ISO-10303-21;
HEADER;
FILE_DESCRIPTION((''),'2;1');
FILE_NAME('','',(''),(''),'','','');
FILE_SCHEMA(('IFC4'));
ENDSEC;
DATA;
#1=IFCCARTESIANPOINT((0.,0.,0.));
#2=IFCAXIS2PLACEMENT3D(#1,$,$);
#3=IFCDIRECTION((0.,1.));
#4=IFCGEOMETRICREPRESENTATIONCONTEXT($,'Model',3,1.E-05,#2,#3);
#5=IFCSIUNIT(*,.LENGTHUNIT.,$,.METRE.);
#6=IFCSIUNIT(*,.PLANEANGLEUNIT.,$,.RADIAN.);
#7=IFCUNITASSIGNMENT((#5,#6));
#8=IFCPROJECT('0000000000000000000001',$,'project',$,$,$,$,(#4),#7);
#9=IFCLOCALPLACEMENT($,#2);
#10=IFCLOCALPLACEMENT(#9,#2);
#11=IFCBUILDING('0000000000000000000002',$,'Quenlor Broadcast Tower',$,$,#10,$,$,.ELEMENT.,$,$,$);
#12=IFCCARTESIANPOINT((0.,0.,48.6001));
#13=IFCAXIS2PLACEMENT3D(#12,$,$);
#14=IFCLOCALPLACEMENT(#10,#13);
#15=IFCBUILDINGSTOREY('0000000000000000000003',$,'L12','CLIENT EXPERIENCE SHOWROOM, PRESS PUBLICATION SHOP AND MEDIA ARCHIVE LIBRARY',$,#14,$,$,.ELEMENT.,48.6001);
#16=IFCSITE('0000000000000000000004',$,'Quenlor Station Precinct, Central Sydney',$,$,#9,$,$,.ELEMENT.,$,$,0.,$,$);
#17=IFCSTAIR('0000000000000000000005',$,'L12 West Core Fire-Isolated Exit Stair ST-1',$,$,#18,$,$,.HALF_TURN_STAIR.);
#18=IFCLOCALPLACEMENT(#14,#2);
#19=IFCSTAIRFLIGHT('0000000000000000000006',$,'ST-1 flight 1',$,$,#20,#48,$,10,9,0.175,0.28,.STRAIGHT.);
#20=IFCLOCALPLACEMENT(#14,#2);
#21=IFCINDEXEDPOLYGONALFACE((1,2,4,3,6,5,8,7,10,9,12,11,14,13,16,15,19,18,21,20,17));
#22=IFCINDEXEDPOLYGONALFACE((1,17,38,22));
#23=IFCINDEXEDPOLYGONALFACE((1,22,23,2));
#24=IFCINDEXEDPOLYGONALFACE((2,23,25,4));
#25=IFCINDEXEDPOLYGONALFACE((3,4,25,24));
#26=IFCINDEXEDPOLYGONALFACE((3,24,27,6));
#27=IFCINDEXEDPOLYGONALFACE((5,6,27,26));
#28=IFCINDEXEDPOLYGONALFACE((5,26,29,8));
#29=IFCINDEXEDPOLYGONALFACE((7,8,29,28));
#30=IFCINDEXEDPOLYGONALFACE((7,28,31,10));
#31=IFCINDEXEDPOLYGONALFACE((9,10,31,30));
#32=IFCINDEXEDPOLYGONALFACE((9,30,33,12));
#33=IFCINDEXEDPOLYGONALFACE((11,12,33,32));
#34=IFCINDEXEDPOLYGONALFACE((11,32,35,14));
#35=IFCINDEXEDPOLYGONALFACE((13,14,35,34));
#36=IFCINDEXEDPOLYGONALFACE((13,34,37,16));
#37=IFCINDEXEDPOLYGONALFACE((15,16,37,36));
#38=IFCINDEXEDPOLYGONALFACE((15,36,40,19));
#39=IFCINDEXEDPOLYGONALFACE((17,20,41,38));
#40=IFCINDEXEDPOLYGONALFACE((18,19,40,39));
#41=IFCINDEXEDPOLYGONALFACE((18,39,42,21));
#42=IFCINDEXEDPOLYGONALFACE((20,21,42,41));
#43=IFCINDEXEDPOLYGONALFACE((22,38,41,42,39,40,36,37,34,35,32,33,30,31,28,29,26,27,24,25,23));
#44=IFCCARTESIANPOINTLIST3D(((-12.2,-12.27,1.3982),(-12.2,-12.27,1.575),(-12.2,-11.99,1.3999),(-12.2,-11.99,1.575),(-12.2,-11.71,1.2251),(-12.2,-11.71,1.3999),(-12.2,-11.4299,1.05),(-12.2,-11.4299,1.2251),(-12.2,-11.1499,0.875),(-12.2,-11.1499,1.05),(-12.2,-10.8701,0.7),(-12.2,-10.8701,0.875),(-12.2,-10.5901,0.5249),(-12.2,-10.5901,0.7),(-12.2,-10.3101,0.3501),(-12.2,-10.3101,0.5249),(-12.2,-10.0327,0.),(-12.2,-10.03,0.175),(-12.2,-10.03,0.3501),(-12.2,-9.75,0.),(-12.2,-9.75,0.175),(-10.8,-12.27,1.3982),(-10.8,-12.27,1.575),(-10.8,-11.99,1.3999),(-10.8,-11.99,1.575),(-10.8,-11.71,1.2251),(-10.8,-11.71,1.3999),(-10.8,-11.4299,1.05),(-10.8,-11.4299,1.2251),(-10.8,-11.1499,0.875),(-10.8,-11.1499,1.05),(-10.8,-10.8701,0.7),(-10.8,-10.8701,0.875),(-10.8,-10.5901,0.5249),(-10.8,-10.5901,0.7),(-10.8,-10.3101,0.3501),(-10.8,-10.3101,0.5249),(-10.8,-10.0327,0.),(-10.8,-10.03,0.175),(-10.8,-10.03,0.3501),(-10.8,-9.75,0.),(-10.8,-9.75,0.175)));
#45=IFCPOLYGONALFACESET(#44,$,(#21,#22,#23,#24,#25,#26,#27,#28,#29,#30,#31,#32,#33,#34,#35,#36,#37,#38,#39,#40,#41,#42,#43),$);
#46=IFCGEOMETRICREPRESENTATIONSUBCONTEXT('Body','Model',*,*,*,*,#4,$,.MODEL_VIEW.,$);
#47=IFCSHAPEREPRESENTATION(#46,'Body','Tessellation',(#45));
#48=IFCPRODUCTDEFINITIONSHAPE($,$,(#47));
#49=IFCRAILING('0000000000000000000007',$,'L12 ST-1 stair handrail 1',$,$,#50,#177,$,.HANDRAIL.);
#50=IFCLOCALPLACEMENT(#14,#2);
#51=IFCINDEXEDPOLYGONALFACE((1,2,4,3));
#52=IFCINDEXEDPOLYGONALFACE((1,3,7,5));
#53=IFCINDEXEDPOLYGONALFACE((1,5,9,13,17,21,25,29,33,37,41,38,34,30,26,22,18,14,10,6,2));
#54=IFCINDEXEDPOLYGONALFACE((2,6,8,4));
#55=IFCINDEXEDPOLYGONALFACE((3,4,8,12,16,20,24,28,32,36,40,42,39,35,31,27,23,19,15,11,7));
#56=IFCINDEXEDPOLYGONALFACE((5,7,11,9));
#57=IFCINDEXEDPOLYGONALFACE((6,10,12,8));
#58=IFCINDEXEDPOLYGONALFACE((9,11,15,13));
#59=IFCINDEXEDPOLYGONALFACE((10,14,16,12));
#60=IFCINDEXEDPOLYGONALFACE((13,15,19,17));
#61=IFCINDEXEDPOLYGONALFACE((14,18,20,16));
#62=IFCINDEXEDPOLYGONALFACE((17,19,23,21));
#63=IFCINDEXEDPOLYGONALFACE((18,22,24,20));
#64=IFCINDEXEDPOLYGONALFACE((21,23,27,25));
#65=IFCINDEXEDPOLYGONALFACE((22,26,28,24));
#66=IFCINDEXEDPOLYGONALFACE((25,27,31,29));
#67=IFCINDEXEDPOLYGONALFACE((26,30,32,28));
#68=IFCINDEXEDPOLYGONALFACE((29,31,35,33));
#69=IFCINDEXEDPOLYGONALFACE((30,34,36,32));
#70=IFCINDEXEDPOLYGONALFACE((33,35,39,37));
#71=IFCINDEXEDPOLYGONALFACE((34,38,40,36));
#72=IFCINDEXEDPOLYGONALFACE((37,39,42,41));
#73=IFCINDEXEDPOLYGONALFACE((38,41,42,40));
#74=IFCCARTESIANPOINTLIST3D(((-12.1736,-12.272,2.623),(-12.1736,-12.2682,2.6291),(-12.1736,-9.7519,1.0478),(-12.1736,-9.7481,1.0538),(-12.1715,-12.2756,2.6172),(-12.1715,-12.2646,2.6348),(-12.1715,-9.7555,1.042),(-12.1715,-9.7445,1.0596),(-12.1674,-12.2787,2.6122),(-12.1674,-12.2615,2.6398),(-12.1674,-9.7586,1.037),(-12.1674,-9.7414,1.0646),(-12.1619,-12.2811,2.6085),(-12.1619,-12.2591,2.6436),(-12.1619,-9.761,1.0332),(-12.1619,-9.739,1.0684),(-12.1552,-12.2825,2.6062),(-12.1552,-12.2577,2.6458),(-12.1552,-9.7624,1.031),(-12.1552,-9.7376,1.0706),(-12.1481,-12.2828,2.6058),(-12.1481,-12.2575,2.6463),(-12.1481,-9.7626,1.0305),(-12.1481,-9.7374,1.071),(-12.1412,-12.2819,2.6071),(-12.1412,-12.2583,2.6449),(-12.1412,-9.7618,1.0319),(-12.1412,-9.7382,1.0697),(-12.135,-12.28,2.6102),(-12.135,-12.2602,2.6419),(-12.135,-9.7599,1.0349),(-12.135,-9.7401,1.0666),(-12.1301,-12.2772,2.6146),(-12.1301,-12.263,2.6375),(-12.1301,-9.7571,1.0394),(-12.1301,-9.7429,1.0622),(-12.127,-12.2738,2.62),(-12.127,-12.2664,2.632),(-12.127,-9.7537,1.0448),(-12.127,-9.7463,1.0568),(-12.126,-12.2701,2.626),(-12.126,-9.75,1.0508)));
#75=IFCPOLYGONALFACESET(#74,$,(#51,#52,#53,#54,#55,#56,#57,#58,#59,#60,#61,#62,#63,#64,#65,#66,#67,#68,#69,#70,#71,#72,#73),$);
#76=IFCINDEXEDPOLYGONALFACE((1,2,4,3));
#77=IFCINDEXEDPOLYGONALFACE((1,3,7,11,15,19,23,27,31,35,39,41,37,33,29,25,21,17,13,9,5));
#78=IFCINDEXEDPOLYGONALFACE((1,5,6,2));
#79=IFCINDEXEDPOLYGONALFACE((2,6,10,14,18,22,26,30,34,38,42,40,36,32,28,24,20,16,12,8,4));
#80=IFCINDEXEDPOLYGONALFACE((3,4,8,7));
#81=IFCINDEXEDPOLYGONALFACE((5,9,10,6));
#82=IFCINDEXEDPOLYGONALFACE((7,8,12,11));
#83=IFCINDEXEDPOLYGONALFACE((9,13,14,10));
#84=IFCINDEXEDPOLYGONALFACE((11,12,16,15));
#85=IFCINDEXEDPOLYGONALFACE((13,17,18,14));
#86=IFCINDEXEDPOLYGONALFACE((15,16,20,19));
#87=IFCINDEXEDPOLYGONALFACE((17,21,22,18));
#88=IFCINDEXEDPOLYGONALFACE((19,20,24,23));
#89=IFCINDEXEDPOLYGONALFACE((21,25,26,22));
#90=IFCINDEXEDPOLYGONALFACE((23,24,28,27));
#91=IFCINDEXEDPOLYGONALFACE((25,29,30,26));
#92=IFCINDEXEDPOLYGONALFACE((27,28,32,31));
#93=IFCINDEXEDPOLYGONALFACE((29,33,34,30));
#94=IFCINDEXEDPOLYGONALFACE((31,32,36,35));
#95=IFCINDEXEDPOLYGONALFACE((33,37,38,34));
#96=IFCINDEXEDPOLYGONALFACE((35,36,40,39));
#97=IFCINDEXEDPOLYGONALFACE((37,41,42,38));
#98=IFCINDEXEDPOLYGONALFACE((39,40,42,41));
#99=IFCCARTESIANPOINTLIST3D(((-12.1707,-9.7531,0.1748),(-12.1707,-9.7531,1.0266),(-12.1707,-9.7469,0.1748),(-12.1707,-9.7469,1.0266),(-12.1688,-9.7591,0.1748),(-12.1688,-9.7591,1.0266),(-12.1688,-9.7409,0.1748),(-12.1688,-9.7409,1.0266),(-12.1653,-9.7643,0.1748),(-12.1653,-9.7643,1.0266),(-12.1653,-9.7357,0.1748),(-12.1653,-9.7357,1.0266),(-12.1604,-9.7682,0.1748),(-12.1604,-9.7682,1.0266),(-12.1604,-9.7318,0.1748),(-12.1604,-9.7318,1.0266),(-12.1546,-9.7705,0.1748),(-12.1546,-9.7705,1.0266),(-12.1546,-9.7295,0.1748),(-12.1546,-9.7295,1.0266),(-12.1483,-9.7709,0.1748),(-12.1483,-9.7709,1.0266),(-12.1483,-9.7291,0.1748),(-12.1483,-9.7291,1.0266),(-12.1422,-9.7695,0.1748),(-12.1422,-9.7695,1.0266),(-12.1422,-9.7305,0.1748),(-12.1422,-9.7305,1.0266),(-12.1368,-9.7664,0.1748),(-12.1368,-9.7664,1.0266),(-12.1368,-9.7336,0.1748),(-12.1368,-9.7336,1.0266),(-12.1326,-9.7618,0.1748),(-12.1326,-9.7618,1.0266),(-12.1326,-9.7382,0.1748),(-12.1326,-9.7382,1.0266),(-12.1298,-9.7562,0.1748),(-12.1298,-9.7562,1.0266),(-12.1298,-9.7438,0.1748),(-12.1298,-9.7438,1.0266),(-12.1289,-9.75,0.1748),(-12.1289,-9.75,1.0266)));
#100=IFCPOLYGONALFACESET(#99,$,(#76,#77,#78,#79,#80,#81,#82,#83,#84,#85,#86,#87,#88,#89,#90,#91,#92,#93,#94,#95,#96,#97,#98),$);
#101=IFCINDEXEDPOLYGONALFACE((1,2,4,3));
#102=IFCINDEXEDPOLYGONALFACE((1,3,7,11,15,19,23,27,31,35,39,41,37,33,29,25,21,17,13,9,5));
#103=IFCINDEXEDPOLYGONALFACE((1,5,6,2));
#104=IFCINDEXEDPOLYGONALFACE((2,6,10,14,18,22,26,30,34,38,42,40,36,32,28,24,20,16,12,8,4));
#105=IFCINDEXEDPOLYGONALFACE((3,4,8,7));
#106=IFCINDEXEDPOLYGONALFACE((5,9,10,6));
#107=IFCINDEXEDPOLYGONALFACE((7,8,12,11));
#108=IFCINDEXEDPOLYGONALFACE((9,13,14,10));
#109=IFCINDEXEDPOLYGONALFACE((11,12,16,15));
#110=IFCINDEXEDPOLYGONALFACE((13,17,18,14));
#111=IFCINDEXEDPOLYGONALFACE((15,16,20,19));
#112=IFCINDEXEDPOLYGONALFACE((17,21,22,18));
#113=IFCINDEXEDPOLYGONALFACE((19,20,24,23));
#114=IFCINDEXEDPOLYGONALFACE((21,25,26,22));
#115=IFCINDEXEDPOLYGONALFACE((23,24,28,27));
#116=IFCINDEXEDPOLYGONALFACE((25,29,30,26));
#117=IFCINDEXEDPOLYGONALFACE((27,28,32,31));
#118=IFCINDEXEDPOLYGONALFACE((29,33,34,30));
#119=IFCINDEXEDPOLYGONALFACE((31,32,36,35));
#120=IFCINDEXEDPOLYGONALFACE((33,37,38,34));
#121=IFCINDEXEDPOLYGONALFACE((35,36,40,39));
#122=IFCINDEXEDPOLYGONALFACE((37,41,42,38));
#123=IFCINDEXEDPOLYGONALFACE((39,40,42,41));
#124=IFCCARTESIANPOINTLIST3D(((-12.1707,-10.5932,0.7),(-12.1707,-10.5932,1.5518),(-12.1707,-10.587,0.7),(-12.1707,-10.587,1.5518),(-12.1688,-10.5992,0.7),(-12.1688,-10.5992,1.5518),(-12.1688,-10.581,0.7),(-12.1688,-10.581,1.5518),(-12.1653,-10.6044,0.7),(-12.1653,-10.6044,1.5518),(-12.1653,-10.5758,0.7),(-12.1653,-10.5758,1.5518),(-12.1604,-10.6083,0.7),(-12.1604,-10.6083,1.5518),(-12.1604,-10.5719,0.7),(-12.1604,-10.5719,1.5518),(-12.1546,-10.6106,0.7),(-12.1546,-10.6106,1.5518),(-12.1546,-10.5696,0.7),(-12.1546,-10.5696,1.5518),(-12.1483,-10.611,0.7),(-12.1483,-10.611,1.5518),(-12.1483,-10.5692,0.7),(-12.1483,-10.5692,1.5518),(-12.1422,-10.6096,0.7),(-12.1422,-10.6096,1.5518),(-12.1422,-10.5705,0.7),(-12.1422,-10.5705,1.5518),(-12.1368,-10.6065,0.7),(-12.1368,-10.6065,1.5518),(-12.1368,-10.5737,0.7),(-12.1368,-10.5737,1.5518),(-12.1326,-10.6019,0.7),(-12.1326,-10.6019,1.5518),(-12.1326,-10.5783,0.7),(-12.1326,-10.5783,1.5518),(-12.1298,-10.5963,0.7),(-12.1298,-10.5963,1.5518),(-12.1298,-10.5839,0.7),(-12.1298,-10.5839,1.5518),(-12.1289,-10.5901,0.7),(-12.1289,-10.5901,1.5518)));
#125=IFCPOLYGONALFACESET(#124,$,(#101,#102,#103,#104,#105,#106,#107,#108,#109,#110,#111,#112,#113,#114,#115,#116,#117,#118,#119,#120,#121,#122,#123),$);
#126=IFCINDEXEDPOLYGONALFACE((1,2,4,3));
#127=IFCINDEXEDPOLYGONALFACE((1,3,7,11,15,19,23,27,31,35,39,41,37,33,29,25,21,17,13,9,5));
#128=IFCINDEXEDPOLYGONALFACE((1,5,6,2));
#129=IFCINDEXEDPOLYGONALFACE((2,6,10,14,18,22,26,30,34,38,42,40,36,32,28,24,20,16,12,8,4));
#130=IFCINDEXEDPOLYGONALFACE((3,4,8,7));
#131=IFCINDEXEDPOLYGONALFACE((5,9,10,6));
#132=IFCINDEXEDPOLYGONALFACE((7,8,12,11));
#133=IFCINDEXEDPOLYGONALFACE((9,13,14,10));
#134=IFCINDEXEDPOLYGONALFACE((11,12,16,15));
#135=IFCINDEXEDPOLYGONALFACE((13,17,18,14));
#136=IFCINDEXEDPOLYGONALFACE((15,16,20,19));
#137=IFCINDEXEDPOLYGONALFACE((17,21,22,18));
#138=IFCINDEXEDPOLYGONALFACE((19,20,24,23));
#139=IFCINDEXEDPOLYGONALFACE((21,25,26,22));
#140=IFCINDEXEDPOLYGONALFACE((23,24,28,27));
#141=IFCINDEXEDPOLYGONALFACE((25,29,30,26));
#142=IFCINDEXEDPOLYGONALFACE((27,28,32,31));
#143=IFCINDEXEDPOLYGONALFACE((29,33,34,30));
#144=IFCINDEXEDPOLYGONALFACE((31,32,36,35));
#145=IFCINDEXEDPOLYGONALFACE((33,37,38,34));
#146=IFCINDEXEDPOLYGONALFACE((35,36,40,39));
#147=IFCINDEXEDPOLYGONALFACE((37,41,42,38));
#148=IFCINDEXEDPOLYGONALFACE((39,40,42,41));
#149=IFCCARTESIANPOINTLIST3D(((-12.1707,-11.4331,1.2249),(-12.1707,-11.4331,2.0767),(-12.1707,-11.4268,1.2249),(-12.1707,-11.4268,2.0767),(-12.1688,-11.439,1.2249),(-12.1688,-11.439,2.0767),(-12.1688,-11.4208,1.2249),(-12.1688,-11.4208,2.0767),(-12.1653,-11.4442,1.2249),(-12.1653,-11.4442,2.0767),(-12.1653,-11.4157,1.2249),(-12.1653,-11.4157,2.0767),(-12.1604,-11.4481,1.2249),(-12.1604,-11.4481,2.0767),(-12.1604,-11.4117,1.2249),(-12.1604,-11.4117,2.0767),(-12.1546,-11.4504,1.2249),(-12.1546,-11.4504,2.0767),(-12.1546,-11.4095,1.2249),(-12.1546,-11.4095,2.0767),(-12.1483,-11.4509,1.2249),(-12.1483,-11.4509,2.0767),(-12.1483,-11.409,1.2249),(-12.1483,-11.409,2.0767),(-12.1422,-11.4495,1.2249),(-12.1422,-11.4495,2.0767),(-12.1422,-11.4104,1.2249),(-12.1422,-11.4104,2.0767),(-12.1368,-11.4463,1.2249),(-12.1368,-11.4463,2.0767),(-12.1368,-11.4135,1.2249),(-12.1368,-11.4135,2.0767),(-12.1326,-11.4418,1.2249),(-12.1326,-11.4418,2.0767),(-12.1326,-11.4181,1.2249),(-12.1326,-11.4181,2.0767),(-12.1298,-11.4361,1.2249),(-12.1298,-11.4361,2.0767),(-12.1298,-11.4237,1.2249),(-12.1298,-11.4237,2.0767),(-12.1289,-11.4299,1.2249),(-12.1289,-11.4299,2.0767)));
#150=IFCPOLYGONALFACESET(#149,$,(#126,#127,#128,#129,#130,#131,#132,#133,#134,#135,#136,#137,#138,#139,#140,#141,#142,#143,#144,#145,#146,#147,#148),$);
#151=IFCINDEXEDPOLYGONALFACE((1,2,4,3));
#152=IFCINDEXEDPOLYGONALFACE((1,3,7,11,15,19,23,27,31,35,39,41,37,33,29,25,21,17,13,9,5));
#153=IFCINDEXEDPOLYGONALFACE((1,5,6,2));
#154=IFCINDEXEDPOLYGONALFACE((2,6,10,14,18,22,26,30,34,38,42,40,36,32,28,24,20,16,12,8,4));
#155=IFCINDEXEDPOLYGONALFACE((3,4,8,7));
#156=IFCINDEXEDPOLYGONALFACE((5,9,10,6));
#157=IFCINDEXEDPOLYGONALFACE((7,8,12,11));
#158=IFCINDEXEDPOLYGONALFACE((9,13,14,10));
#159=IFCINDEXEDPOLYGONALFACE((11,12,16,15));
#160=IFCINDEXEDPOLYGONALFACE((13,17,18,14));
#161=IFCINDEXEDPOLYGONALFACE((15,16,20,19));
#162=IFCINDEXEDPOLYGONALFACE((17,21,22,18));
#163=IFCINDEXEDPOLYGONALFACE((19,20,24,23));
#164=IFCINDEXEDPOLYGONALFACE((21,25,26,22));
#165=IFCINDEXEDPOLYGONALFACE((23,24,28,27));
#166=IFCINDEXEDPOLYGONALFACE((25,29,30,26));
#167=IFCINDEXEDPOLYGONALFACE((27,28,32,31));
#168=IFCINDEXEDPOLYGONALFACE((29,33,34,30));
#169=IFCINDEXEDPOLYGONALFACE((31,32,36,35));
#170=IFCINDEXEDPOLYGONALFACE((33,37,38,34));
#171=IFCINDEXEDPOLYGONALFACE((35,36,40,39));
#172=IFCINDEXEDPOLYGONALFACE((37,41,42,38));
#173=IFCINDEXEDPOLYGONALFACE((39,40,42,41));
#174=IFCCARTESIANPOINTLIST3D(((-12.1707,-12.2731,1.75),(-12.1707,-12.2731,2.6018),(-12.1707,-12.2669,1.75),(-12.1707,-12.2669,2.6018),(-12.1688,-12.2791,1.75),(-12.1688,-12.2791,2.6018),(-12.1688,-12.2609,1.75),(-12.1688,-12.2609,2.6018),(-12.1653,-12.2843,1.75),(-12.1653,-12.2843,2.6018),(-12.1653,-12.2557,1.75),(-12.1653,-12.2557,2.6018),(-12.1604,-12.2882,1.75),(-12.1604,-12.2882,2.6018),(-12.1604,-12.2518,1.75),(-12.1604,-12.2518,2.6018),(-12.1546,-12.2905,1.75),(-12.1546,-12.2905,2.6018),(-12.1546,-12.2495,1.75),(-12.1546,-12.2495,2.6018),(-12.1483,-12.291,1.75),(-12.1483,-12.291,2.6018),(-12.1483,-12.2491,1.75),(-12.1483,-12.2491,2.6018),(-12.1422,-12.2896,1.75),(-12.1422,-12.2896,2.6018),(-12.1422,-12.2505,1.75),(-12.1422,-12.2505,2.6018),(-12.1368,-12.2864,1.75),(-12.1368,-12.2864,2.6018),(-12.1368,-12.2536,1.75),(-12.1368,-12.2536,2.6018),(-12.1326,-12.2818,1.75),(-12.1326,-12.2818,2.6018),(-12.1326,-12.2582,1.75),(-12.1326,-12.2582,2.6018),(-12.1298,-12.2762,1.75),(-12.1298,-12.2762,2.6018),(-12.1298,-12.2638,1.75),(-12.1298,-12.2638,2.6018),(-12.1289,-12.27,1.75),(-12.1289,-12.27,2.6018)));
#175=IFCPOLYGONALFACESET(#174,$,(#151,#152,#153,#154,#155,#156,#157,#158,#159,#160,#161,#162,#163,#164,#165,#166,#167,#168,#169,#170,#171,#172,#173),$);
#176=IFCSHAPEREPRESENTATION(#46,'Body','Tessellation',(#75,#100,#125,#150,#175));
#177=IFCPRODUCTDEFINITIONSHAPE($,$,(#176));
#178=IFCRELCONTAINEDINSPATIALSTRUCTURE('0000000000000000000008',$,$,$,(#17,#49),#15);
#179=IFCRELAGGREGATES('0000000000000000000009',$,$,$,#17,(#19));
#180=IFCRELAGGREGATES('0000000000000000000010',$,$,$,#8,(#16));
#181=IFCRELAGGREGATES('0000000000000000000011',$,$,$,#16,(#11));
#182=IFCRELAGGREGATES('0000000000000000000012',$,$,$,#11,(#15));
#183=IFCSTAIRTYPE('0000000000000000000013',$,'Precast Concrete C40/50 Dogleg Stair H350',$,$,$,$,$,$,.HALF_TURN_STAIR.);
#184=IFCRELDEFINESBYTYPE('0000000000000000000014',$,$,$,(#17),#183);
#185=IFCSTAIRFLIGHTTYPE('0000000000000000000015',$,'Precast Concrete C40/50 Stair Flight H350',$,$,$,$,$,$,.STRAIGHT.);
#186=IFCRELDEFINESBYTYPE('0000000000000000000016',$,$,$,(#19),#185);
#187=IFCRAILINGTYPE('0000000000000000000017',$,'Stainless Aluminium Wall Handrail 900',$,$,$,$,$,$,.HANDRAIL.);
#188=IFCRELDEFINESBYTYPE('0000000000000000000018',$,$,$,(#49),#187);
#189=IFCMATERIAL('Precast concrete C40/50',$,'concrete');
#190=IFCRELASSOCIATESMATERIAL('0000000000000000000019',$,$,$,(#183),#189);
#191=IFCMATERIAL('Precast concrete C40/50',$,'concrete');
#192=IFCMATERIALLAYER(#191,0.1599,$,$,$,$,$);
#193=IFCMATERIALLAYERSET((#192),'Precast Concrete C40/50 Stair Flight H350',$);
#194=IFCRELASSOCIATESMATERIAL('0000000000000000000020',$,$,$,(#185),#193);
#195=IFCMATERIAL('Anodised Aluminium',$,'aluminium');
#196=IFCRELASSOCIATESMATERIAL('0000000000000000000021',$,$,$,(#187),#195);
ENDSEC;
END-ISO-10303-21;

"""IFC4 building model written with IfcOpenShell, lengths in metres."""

from ifc_helpers import new_model, si_unit, direction, frame, origin, origin_2d, place, context, subcontext, project, spatial, polyline, circle, outline, extrude, material, layer, layer_set, type_object, element, aggregate, save


model = new_model("IFC4")

# Units and contexts
model_context = context("Model", 3, precision=1e-05, world=origin(), true_north=direction((0.0, 1.0)))
body_context = subcontext(model_context, "Body", "Model", "MODEL_VIEW")
ifc_project = project(units=[si_unit("LENGTHUNIT", "METRE"), si_unit("PLANEANGLEUNIT", "RADIAN")], contexts=[model_context])

# Site, building, storey
site_placement = place(None, origin())
site = spatial("IfcSite", under=ifc_project, at=site_placement, Name="Quenlor Station Precinct, Central Sydney", CompositionType="ELEMENT", RefElevation=0.0)
building_placement = place(site_placement, origin())
building = spatial("IfcBuilding", under=site, at=building_placement, Name="Quenlor Broadcast Tower", CompositionType="ELEMENT")
storey_placement = place(building_placement, frame((0.0, 0.0, 48.6001)))
storey = spatial("IfcBuildingStorey", under=building, at=storey_placement, Name="L12", Description="CLIENT EXPERIENCE SHOWROOM, PRESS PUBLICATION SHOP AND MEDIA ARCHIVE LIBRARY", CompositionType="ELEMENT", Elevation=48.6001)

# Stair, stair flight
ifc_material_1 = material(Name="Precast concrete C40/50", Category="concrete")
stair_type = type_object("IfcStairType", Name="Precast Concrete C40/50 Dogleg Stair H350", PredefinedType="HALF_TURN_STAIR", material=ifc_material_1)
stair_placement = place(storey_placement, origin())
stair = element("IfcStair", 1, at=stair_placement, inside=storey, type_object=stair_type, Name="L12 West Core Fire-Isolated Exit Stair ST-1", PredefinedType="HALF_TURN_STAIR")
ifc_material_2 = material(Name="Precast concrete C40/50", Category="concrete")
ifc_layer_1 = layer(ifc_material_2, 0.1599)
ifc_layer_set_1 = layer_set([ifc_layer_1], Name="Precast Concrete C40/50 Stair Flight H350")
stair_flight_type = type_object("IfcStairFlightType", Name="Precast Concrete C40/50 Stair Flight H350", PredefinedType="STRAIGHT", material=ifc_layer_set_1)
stair_flight_placement = place(storey_placement, frame((-11.5, -9.75, 0.0), z_axis=(0.0, 0.0, 1.0), x_axis=(0.0, -1.0, 0.0)))
stair_flight = element("IfcStairFlight", 2, at=stair_flight_placement, type_object=stair_flight_type, Name="ST-1 flight 1", NumberOfRisers=10, NumberOfTreads=9, PredefinedType="STRAIGHT", RiserHeight=0.175, TreadLength=0.28, context=body_context, shape_type="SweptSolid", body=[
    extrude(outline(polyline([(0.0, 0.0), (0.0, 0.175), (0.28, 0.175), (0.28, 0.3501), (0.5601, 0.3501), (0.5601, 0.5249), (0.8401, 0.5249), (0.8401, 0.7), (1.1201, 0.7), (1.1201, 0.875), (1.3999, 0.875), (1.3999, 1.05), (1.6799, 1.05), (1.6799, 1.2251), (1.96, 1.2251), (1.96, 1.3999), (2.24, 1.3999), (2.24, 1.575), (2.52, 1.575), (2.52, 1.75), (2.52, 1.3982), (0.2827, 0.0), (0.0, 0.0)])), frame((0.0, 0.7, 0.0), z_axis=(0.0, -1.0, 0.0), x_axis=(1.0, 0.0, 0.0)), (0.0, 0.0, 1.0), 1.3999),
])
aggregate(stair, [stair_flight])

# Railing
ifc_material_3 = material(Name="Anodised Aluminium", Category="aluminium")
railing_type = type_object("IfcRailingType", Name="Stainless Aluminium Wall Handrail 900", PredefinedType="HANDRAIL", material=ifc_material_3)
railing_placement = place(storey_placement, frame((-12.1499, -9.75, 0.1748)))
element("IfcRailing", 3, at=railing_placement, inside=storey, type_object=railing_type, Name="L12 ST-1 stair handrail 1", PredefinedType="HANDRAIL", context=body_context, shape_type="SweptSolid", body=[
    extrude(circle(Radius=0.0239, at=origin_2d()), frame((0.0, 0.0, 0.876), z_axis=(0.0, -0.847971, 0.530043), x_axis=(1.0, 0.0, 0.0)), (0.0, 0.0, 1.0), 2.9719),
    extrude(circle(Radius=0.021, at=origin_2d()), origin(), (0.0, 0.0, 1.0), 0.8518),
    extrude(circle(Radius=0.021, at=origin_2d()), frame((0.0, -0.8401, 0.5251)), (0.0, 0.0, 1.0), 0.8518),
    extrude(circle(Radius=0.021, at=origin_2d()), frame((0.0, -1.6799, 1.05)), (0.0, 0.0, 1.0), 0.8518),
    extrude(circle(Radius=0.021, at=origin_2d()), frame((0.0, -2.52, 1.5752)), (0.0, 0.0, 1.0), 0.8518),
])

save(model, "model.ifc")
